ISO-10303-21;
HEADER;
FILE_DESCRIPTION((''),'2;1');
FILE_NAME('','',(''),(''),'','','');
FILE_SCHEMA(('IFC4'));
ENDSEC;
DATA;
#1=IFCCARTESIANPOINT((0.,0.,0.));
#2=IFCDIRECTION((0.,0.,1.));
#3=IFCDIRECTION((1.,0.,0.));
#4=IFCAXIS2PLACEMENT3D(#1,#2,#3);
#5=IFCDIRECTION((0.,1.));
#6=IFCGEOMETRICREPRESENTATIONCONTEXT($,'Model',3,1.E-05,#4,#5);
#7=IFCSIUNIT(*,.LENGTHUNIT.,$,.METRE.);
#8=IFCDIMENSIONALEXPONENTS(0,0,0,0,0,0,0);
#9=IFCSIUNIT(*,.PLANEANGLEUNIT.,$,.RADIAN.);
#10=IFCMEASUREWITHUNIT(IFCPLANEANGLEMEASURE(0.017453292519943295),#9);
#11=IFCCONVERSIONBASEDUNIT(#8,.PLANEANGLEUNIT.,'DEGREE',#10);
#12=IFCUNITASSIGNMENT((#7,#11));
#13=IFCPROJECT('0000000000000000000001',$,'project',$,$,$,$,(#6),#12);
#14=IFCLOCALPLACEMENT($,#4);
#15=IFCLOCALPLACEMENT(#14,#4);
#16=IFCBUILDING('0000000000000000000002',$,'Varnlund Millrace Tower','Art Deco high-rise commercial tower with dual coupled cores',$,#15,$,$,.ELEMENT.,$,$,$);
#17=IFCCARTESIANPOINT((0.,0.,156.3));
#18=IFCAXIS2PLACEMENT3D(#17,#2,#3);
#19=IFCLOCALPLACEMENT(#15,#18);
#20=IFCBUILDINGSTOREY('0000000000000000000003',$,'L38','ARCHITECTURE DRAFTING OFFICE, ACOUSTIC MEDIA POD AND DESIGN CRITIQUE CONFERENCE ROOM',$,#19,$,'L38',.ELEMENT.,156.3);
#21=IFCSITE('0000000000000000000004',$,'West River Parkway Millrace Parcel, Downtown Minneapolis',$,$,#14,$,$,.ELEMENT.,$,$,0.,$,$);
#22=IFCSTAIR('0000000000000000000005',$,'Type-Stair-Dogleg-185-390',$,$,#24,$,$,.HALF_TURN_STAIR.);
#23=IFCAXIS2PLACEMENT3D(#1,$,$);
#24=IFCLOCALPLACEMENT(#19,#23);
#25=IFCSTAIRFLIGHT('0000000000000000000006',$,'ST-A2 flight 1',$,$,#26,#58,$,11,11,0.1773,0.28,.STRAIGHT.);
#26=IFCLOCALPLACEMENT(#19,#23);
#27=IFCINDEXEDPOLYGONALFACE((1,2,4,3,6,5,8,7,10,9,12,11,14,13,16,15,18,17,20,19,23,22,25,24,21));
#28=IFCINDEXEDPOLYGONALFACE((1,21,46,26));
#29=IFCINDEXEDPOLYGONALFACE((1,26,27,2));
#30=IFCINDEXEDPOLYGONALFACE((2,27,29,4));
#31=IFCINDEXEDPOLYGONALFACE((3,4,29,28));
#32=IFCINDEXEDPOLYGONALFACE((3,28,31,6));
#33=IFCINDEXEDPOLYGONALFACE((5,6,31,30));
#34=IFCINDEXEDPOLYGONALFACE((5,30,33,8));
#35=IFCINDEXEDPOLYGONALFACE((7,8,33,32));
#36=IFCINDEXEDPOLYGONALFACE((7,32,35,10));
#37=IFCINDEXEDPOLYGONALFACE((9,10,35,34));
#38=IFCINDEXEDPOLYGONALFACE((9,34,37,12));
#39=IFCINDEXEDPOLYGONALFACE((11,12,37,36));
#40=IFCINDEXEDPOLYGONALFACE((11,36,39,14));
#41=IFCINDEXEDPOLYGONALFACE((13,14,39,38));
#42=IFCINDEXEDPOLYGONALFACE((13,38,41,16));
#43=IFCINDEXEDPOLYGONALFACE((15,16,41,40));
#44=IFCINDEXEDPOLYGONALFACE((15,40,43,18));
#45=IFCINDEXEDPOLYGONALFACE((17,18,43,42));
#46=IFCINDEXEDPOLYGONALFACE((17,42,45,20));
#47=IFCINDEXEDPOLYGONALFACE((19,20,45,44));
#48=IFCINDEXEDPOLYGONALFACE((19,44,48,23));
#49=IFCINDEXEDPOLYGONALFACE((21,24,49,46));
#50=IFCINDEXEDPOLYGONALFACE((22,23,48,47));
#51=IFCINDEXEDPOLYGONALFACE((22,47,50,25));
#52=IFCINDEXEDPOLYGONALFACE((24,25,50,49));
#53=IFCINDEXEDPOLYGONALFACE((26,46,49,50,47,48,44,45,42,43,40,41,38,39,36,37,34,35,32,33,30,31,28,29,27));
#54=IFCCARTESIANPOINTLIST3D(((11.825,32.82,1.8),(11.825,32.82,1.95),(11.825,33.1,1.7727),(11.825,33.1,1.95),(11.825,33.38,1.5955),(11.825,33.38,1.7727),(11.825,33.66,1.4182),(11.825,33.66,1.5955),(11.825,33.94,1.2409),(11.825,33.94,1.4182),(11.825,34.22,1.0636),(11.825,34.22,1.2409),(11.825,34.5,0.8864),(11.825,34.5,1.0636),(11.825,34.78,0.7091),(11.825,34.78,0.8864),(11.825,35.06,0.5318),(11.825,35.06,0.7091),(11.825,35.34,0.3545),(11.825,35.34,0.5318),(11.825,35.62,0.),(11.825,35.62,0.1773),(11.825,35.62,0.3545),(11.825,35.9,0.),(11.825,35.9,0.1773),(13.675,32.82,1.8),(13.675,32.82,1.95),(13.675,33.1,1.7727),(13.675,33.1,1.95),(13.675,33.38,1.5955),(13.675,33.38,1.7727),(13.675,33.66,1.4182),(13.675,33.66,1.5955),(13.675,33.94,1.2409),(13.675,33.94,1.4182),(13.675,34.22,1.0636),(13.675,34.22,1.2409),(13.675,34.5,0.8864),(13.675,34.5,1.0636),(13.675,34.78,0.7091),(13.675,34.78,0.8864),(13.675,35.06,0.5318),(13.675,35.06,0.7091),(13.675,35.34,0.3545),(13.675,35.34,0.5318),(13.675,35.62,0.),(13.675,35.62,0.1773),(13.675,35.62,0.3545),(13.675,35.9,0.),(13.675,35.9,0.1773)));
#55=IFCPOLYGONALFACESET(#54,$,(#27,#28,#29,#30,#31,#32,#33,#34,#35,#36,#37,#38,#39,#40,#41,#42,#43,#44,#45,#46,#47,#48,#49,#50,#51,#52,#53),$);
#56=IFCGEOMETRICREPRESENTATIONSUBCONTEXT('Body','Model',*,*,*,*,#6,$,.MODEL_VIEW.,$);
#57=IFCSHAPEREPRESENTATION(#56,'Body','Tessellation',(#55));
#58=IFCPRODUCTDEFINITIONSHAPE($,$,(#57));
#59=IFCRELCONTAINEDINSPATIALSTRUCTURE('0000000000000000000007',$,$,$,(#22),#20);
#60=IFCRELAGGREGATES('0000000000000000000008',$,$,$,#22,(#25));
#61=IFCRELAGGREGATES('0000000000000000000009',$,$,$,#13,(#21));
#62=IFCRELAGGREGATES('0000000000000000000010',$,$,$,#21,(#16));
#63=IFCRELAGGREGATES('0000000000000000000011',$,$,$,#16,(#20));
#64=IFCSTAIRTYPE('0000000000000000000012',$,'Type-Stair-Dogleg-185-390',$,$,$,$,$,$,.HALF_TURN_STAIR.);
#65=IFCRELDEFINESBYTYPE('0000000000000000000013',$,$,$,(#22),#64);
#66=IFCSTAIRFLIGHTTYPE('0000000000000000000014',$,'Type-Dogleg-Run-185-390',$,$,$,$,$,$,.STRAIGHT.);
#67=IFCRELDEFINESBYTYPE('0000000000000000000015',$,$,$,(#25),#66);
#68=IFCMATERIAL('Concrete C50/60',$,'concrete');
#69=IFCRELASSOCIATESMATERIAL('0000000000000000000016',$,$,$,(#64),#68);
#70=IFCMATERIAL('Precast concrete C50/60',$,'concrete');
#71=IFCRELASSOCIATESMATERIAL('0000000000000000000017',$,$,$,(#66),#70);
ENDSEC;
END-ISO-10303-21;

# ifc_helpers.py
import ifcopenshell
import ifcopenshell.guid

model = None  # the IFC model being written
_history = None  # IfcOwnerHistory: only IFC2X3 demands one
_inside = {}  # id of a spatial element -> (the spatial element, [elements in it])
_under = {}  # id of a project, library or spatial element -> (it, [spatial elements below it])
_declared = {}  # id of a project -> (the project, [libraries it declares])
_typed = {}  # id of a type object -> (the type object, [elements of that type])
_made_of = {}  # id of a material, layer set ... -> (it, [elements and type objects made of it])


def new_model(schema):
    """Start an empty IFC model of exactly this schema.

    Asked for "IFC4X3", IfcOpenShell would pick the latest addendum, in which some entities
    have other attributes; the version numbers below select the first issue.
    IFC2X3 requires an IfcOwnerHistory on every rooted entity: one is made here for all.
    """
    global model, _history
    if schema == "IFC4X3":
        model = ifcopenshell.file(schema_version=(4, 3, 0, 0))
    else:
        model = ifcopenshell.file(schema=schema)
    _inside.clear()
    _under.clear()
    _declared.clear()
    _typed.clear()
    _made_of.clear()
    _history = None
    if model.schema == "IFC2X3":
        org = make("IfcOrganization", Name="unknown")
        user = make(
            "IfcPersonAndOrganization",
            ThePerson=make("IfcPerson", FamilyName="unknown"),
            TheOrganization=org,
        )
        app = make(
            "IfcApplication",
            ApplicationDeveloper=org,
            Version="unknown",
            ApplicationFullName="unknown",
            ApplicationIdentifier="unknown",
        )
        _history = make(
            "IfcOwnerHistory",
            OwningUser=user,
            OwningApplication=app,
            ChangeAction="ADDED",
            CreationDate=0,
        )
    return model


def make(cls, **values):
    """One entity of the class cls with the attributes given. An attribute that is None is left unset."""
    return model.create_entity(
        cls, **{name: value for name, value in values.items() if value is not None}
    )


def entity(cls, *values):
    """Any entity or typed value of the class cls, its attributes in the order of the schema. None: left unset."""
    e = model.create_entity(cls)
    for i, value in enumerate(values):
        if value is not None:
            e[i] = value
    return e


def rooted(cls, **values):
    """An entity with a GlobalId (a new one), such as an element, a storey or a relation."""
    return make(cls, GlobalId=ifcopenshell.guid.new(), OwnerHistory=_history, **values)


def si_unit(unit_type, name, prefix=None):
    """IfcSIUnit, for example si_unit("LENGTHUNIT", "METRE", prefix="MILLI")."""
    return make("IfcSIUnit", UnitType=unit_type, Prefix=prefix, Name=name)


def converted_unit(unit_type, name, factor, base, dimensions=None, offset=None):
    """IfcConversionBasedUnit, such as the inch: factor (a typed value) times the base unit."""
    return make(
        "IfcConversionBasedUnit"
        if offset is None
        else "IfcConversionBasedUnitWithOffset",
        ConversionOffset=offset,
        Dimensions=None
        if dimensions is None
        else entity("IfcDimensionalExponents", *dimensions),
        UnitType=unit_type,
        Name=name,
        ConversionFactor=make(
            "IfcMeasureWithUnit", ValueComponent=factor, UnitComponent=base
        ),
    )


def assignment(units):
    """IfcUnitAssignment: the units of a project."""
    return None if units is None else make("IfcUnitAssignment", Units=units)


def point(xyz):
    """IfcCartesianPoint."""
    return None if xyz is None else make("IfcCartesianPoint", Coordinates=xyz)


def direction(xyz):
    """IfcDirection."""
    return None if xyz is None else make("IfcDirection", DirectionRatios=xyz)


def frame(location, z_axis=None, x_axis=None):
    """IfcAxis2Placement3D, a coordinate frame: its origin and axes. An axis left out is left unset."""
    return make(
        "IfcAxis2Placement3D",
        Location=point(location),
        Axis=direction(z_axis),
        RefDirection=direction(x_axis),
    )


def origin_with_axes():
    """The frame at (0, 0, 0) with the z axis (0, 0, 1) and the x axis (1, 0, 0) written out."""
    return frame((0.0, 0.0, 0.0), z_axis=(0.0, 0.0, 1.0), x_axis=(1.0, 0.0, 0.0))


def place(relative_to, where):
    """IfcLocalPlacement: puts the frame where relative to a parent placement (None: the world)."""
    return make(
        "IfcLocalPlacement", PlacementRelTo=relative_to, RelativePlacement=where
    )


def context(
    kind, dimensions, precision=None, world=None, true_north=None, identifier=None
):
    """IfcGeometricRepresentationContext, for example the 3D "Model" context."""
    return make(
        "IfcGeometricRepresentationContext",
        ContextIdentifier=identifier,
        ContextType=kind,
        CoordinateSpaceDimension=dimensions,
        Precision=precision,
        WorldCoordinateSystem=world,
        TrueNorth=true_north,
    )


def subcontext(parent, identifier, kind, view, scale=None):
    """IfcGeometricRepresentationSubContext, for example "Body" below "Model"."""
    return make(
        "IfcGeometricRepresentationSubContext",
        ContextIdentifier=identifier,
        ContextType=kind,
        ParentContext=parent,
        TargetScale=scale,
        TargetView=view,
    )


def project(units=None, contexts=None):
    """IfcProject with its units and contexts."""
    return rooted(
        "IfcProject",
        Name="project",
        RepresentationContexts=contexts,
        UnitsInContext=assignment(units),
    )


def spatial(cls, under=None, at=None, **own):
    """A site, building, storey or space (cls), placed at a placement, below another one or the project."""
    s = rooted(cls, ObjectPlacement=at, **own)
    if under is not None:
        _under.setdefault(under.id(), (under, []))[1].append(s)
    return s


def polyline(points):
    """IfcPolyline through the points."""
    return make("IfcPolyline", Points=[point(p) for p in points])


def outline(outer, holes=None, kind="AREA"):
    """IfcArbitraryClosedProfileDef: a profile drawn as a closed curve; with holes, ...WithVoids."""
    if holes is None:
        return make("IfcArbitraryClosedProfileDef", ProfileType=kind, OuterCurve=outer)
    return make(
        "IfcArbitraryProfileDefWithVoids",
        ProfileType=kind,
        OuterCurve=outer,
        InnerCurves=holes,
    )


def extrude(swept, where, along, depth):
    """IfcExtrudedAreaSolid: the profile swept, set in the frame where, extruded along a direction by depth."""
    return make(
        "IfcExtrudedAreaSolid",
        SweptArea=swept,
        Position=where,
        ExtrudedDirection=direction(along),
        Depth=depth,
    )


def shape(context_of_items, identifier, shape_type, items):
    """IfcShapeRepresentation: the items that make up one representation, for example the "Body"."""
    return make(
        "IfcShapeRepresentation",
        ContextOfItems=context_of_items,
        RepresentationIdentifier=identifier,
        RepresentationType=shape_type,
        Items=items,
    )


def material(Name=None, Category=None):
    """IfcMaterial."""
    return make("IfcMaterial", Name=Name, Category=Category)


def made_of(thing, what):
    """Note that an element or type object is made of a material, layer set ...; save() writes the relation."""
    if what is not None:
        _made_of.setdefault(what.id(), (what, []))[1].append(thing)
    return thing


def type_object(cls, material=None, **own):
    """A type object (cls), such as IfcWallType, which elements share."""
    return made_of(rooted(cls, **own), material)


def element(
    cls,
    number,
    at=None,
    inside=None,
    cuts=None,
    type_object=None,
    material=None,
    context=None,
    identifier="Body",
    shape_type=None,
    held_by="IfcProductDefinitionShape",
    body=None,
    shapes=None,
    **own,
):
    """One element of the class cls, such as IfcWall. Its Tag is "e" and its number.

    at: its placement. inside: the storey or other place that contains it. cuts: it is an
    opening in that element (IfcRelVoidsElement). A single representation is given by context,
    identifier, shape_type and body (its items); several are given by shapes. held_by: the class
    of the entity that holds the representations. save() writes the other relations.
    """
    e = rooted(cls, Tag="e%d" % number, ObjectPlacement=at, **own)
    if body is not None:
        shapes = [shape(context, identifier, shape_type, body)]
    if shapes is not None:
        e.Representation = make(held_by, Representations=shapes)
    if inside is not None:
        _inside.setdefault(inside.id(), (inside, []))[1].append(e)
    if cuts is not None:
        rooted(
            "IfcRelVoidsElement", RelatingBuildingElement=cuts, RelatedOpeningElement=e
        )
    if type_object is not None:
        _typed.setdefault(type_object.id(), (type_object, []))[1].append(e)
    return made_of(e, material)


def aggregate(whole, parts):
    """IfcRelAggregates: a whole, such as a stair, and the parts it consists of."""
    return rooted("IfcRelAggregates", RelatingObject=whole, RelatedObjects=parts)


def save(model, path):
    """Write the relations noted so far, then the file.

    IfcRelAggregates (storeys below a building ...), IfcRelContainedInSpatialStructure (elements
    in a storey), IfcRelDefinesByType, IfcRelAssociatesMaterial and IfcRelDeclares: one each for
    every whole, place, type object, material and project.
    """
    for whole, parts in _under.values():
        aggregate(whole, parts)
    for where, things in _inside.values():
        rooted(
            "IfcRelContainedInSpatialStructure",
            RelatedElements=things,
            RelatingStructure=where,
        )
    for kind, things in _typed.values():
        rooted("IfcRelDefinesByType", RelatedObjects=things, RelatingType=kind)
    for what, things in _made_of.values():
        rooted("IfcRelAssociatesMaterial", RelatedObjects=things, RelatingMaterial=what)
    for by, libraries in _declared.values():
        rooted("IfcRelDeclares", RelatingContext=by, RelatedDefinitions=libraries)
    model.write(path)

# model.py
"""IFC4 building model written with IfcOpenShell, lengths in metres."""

from ifc_helpers import new_model, entity, si_unit, converted_unit, direction, frame, origin_with_axes, place, context, subcontext, project, spatial, polyline, outline, extrude, material, type_object, element, aggregate, save


model = new_model("IFC4")

# Units and contexts
model_context = context("Model", 3, precision=1e-05, world=origin_with_axes(), true_north=direction((0.0, 1.0)))
body_context = subcontext(model_context, "Body", "Model", "MODEL_VIEW")
ifc_project = project(units=[si_unit("LENGTHUNIT", "METRE"), converted_unit("PLANEANGLEUNIT", "DEGREE", entity("IfcPlaneAngleMeasure", 0.017453292519943295), si_unit("PLANEANGLEUNIT", "RADIAN"), dimensions=[0, 0, 0, 0, 0, 0, 0])], contexts=[model_context])

# Site, building, storey
site_placement = place(None, origin_with_axes())
site = spatial("IfcSite", under=ifc_project, at=site_placement, Name="West River Parkway Millrace Parcel, Downtown Minneapolis", CompositionType="ELEMENT", RefElevation=0.0)
building_placement = place(site_placement, origin_with_axes())
building = spatial("IfcBuilding", under=site, at=building_placement, Name="Varnlund Millrace Tower", Description="Art Deco high-rise commercial tower with dual coupled cores", CompositionType="ELEMENT")
storey_placement = place(building_placement, frame((0.0, 0.0, 156.3), z_axis=(0.0, 0.0, 1.0), x_axis=(1.0, 0.0, 0.0)))
storey = spatial("IfcBuildingStorey", under=building, at=storey_placement, Name="L38", Description="ARCHITECTURE DRAFTING OFFICE, ACOUSTIC MEDIA POD AND DESIGN CRITIQUE CONFERENCE ROOM", LongName="L38", CompositionType="ELEMENT", Elevation=156.3)

# Stair, stair flight
ifc_material_1 = material(Name="Concrete C50/60", Category="concrete")
ifc_material_2 = material(Name="Precast concrete C50/60", Category="concrete")
stair_type_1 = type_object("IfcStairType", Name="Type-Stair-Dogleg-185-390", PredefinedType="HALF_TURN_STAIR", material=ifc_material_1)
stair_1_placement = place(storey_placement, origin_with_axes())
stair_1 = element("IfcStair", 1, at=stair_1_placement, inside=storey, type_object=stair_type_1, Name="Type-Stair-Dogleg-185-390", PredefinedType="HALF_TURN_STAIR")
stair_flight_type_1 = type_object("IfcStairFlightType", Name="Type-Dogleg-Run-185-390", PredefinedType="STRAIGHT", material=ifc_material_2)
stair_flight_1_placement = place(storey_placement, frame((13.675, 35.9, 0.0), z_axis=(-1.0, 0.0, 0.0), x_axis=(0.0, -1.0, 0.0)))
stair_flight_1 = element("IfcStairFlight", 2, at=stair_flight_1_placement, type_object=stair_flight_type_1, Name="ST-A2 flight 1", NumberOfRisers=11, NumberOfTreads=11, PredefinedType="STRAIGHT", RiserHeight=0.1773, TreadLength=0.28, context=body_context, shape_type="SweptSolid", body=[
    extrude(outline(polyline([(0.0, 0.0), (0.0, 0.1773), (0.28, 0.1773), (0.28, 0.3545), (0.56, 0.3545), (0.56, 0.5318), (0.84, 0.5318), (0.84, 0.7091), (1.12, 0.7091), (1.12, 0.8864), (1.4, 0.8864), (1.4, 1.0636), (1.68, 1.0636), (1.68, 1.2409), (1.96, 1.2409), (1.96, 1.4182), (2.24, 1.4182), (2.24, 1.5955), (2.52, 1.5955), (2.52, 1.7727), (2.8, 1.7727), (2.8, 1.95), (3.08, 1.95), (3.08, 1.8), (0.28, 0.0), (0.0, 0.0)])), origin_with_axes(), (0.0, 0.0, 1.0), 1.85),
])
aggregate(stair_1, [stair_flight_1])

save(model, "model.ifc")
